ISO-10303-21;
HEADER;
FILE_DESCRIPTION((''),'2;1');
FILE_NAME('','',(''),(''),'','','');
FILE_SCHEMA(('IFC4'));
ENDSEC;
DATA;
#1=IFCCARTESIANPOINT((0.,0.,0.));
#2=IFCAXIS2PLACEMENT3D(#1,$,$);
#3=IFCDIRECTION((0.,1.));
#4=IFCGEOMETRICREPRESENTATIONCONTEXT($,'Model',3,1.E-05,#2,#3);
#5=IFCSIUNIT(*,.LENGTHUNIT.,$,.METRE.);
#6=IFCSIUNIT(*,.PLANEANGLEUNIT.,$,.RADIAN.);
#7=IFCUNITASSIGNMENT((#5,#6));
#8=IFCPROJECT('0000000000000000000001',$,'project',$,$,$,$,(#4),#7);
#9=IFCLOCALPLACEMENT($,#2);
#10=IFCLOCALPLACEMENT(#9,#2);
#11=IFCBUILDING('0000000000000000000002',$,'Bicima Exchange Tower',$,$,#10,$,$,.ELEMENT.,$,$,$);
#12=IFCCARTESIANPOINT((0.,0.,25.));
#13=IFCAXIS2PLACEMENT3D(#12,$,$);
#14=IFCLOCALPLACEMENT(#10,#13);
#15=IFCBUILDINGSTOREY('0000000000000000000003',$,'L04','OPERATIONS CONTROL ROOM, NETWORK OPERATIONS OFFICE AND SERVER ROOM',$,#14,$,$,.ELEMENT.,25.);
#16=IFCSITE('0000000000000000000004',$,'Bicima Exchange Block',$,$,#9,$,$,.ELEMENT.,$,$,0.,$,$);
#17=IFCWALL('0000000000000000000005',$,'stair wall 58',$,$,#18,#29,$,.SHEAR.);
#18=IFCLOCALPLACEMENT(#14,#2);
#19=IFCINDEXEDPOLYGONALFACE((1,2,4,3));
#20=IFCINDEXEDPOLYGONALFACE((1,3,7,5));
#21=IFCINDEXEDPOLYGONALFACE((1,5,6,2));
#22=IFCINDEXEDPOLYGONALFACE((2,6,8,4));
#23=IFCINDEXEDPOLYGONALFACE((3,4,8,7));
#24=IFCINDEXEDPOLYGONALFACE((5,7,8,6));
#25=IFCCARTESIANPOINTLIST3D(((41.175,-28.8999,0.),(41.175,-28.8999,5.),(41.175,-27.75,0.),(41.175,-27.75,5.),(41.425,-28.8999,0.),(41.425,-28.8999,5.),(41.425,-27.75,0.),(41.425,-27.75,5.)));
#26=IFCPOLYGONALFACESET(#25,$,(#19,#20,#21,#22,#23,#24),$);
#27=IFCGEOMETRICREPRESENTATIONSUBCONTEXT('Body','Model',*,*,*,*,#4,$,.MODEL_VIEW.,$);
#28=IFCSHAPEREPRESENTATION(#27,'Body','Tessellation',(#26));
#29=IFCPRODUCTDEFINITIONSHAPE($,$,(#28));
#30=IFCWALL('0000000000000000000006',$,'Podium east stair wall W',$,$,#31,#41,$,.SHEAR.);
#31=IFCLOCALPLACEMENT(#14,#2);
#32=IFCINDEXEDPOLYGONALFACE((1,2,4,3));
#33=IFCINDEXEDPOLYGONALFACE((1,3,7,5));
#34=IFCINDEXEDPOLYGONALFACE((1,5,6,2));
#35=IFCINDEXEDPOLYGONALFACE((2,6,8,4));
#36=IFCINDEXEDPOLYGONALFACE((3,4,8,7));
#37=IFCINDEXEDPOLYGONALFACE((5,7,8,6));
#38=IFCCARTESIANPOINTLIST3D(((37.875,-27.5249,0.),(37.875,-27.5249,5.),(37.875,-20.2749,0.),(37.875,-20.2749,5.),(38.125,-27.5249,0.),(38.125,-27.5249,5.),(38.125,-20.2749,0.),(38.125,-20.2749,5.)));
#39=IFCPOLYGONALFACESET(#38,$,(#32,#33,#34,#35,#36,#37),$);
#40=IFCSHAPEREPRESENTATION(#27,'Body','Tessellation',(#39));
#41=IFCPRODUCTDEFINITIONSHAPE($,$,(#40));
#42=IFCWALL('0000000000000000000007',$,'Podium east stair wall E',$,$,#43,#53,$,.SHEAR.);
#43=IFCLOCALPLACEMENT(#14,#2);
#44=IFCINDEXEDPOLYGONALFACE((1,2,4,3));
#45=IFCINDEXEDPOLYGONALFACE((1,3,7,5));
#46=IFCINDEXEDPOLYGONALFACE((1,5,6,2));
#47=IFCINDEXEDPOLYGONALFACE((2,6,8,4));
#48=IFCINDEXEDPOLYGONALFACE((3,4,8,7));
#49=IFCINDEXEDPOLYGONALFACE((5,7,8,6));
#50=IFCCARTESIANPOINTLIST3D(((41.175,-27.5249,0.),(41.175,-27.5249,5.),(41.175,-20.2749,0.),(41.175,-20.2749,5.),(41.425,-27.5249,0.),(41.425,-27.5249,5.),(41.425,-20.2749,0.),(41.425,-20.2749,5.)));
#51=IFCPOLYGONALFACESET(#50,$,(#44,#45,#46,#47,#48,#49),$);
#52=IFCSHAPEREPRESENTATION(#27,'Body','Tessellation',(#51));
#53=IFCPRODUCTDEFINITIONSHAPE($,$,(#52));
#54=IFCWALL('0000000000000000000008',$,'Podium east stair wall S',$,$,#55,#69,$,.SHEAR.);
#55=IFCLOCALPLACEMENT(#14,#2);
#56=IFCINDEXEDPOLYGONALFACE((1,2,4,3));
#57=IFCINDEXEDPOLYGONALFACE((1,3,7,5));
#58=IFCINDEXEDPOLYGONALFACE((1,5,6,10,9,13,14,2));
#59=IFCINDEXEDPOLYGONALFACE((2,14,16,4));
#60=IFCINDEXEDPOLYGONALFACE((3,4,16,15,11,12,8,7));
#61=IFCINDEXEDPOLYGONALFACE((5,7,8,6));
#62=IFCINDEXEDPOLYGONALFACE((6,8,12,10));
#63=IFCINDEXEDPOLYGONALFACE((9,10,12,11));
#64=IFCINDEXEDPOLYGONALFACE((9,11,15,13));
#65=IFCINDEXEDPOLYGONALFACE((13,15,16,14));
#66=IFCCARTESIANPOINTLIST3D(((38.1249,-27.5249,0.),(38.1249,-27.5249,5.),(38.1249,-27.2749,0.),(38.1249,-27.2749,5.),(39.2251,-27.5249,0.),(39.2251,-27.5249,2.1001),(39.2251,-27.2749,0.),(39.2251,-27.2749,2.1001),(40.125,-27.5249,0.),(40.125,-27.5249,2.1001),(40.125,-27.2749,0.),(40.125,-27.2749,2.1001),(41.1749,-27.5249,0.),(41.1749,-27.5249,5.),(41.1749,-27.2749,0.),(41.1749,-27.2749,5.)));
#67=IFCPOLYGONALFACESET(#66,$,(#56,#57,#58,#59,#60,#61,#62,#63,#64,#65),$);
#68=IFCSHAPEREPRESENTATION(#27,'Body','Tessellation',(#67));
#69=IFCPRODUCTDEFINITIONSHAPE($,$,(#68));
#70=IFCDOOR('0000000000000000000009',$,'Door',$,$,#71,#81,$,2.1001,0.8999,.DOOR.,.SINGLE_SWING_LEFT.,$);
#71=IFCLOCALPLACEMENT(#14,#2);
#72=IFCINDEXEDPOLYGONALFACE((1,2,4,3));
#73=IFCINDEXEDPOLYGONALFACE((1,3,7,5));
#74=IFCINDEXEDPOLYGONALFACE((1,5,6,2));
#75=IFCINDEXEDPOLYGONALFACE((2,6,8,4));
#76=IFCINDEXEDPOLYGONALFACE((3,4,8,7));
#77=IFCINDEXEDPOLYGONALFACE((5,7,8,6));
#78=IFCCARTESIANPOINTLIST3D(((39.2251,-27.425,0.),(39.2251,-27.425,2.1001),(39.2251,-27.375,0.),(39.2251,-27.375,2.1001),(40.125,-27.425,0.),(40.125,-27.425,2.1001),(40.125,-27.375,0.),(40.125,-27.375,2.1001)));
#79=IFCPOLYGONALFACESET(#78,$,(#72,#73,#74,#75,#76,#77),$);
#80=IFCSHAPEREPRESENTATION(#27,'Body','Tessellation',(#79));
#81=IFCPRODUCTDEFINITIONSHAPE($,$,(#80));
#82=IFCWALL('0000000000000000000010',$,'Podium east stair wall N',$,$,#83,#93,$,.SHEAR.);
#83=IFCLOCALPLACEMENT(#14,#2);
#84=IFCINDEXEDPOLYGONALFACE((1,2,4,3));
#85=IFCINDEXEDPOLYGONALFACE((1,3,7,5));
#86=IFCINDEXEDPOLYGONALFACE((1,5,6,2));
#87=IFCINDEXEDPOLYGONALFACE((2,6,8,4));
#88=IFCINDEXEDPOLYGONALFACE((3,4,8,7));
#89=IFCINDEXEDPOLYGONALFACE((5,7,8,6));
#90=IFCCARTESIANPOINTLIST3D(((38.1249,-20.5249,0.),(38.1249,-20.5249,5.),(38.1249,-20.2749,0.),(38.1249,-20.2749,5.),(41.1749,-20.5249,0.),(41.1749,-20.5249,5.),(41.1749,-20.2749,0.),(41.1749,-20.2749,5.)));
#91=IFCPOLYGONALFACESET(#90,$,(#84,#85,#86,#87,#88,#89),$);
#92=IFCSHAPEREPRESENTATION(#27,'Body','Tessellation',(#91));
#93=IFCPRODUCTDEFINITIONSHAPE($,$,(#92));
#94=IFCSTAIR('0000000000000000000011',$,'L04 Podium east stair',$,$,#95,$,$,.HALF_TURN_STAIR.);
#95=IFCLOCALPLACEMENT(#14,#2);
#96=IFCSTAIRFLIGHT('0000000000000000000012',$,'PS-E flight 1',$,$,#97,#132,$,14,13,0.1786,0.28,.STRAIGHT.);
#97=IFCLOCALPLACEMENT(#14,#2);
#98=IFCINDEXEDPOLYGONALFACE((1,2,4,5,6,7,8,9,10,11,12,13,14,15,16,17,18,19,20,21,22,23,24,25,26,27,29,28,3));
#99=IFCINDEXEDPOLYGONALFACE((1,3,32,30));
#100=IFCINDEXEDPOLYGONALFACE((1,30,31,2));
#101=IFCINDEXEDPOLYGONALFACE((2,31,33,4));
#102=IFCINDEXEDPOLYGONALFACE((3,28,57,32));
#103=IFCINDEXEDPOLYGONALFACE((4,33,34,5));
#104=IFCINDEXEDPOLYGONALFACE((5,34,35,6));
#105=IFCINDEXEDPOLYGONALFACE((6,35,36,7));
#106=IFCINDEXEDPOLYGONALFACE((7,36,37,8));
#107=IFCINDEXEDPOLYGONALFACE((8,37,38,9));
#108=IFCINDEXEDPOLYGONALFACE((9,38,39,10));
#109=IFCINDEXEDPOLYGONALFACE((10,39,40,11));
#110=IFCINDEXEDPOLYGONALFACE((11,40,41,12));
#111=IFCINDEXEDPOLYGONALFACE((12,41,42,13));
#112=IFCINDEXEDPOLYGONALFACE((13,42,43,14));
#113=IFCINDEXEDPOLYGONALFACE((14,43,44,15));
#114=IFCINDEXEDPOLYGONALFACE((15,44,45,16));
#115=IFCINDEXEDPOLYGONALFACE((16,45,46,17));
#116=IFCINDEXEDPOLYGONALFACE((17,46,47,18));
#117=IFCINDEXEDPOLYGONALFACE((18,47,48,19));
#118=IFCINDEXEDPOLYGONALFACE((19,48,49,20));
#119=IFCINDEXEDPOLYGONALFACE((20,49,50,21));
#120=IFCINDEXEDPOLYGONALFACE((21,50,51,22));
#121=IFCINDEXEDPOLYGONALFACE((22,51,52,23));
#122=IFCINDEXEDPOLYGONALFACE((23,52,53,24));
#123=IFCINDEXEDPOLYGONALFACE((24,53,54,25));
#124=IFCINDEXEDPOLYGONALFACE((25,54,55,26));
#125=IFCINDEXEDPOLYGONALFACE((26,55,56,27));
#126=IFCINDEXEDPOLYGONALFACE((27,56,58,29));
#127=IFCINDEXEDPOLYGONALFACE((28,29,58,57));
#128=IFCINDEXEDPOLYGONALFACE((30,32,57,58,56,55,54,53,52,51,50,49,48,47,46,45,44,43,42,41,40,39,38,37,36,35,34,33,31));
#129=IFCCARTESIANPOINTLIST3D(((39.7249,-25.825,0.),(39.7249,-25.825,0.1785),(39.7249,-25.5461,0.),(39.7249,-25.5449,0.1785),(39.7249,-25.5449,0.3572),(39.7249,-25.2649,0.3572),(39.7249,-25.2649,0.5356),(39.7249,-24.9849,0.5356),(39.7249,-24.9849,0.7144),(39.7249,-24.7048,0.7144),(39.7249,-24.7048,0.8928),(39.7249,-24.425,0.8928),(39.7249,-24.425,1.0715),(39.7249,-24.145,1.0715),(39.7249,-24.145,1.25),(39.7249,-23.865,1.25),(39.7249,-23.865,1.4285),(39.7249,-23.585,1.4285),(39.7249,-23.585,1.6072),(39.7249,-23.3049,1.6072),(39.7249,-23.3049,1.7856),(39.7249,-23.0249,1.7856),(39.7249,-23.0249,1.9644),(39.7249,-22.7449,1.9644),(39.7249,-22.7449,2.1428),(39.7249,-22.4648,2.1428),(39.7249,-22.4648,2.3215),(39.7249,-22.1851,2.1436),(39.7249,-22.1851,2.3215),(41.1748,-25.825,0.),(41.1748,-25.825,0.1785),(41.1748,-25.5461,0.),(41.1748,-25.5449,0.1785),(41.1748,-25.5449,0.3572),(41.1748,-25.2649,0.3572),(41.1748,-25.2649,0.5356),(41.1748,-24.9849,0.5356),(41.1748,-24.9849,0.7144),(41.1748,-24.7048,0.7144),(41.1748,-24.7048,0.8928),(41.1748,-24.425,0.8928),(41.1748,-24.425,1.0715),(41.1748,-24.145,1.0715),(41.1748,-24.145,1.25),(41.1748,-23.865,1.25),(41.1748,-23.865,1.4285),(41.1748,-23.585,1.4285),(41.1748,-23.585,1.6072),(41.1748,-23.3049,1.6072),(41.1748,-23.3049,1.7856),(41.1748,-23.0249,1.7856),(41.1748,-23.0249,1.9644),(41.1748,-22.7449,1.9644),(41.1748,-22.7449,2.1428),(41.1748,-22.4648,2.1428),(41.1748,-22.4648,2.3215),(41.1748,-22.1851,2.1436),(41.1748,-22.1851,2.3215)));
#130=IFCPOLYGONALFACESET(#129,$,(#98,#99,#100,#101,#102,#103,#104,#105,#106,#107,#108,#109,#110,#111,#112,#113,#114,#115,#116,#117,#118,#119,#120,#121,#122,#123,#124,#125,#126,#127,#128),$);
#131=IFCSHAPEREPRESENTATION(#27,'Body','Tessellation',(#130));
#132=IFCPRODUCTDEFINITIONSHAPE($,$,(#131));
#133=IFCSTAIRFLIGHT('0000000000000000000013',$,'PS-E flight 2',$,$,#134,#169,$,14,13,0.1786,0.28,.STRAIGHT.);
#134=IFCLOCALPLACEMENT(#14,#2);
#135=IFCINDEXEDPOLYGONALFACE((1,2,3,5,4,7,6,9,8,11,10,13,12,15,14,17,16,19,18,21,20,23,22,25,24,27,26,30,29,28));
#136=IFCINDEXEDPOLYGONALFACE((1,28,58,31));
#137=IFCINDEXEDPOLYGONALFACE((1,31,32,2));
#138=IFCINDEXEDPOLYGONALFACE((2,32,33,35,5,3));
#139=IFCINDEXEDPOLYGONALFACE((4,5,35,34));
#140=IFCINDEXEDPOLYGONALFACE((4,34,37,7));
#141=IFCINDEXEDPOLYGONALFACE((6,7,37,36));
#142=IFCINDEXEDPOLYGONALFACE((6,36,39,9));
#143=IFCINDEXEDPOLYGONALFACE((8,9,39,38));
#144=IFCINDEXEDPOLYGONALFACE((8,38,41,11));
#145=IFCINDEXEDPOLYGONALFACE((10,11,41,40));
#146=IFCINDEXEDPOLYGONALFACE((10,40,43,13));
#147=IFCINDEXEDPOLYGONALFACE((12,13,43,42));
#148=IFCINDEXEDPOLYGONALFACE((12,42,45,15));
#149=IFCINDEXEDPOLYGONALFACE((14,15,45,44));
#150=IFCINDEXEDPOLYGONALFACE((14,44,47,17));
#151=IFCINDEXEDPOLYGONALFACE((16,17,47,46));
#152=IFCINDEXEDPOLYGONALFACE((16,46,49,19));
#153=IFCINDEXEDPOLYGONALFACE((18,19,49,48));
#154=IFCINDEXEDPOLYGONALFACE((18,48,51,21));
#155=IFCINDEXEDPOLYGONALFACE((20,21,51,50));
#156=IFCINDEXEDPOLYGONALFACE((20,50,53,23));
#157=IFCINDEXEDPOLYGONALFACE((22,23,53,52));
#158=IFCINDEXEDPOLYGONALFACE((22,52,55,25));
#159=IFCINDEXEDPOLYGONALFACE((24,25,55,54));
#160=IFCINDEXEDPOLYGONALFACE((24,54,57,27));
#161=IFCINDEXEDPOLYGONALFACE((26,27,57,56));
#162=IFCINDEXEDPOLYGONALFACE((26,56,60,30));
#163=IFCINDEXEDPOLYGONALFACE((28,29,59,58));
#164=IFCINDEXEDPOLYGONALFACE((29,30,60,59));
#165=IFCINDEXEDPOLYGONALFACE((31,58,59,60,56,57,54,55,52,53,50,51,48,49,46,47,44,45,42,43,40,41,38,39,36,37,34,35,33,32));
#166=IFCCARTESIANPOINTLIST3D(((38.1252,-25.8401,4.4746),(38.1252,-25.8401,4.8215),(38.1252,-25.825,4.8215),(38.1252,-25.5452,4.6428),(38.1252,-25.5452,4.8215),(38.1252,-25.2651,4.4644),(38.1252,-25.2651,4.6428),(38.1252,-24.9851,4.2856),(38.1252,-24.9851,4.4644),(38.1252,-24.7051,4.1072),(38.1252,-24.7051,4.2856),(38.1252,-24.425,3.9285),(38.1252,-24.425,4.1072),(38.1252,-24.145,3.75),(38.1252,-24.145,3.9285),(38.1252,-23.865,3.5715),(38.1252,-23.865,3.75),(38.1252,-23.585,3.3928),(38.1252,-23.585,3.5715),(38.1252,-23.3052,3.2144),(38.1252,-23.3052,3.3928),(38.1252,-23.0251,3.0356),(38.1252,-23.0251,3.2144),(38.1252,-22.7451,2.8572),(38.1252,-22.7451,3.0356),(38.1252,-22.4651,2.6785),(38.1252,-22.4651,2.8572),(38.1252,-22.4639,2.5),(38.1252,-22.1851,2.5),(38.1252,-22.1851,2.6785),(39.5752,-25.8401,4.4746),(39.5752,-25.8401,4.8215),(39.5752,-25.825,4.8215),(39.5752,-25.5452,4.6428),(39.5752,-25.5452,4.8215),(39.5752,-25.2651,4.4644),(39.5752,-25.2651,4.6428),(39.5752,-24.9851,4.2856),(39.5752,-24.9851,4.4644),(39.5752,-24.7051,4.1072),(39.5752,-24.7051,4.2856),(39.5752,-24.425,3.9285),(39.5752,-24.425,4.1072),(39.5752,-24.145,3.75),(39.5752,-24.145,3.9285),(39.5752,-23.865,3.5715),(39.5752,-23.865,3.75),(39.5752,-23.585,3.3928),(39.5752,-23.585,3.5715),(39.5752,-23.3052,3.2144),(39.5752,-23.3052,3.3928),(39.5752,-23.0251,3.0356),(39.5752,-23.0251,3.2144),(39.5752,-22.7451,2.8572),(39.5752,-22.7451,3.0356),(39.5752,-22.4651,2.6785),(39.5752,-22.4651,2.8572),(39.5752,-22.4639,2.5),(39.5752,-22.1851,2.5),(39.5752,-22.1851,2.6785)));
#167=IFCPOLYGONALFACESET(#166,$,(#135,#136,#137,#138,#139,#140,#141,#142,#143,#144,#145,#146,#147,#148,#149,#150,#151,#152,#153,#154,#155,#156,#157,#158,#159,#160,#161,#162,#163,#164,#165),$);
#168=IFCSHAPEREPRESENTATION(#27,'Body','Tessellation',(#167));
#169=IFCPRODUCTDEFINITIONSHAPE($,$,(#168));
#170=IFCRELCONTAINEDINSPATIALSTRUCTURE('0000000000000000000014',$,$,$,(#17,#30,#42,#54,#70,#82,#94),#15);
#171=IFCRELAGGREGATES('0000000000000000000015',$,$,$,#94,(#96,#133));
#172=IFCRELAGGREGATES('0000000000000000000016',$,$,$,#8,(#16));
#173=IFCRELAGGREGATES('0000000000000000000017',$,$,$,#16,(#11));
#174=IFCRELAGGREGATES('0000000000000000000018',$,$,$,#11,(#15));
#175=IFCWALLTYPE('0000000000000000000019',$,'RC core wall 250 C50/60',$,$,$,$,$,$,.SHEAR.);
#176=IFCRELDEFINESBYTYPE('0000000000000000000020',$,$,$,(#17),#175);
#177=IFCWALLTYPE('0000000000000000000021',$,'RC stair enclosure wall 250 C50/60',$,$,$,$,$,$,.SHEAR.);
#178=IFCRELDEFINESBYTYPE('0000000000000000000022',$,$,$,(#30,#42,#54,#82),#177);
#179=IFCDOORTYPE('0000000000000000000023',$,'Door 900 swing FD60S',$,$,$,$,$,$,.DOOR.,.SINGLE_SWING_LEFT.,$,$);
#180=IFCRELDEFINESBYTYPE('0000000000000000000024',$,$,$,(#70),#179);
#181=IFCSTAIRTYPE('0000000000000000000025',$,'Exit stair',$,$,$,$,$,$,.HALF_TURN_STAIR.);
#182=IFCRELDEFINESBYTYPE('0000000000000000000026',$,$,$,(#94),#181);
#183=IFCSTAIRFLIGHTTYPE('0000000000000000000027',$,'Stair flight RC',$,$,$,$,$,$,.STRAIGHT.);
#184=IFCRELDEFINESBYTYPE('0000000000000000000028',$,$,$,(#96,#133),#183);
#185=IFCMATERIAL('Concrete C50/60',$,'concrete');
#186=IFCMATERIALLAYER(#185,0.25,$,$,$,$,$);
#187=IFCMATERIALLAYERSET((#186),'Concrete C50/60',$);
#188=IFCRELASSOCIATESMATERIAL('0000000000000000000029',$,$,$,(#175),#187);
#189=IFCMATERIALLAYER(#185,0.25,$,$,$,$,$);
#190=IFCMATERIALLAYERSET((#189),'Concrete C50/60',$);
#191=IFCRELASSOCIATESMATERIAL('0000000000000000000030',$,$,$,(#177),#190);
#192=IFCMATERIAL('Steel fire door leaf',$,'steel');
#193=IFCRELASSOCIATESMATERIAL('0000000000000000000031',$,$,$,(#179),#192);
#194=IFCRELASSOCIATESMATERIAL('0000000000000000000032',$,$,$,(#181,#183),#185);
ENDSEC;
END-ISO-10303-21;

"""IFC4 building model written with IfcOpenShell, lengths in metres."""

from ifc_helpers import new_model, si_unit, direction, frame, frame_2d, origin, place, context, subcontext, project, spatial, polyline, rectangle, outline, extrude, material, layer, layer_set, type_object, element, fill, aggregate, save


model = new_model("IFC4")

# Units and contexts
model_context = context("Model", 3, precision=1e-05, world=origin(), true_north=direction((0.0, 1.0)))
body_context = subcontext(model_context, "Body", "Model", "MODEL_VIEW")
ifc_project = project(units=[si_unit("LENGTHUNIT", "METRE"), si_unit("PLANEANGLEUNIT", "RADIAN")], contexts=[model_context])

# Site, building, storey
site_placement = place(None, origin())
site = spatial("IfcSite", under=ifc_project, at=site_placement, Name="Bicima Exchange Block", CompositionType="ELEMENT", RefElevation=0.0)
building_placement = place(site_placement, origin())
building = spatial("IfcBuilding", under=site, at=building_placement, Name="Bicima Exchange Tower", CompositionType="ELEMENT")
storey_placement = place(building_placement, frame((0.0, 0.0, 25.0)))
storey = spatial("IfcBuildingStorey", under=building, at=storey_placement, Name="L04", Description="OPERATIONS CONTROL ROOM, NETWORK OPERATIONS OFFICE AND SERVER ROOM", CompositionType="ELEMENT", Elevation=25.0)

# Walls
ifc_material_1 = material(Name="Concrete C50/60", Category="concrete")
ifc_layer_1 = layer(ifc_material_1, 0.25)
ifc_layer_set_1 = layer_set([ifc_layer_1], Name="Concrete C50/60")
wall_type_1 = type_object("IfcWallType", Name="RC core wall 250 C50/60", PredefinedType="SHEAR", material=ifc_layer_set_1)
for number, where, z_axis, x_axis, name in (
    (1, (41.3, -28.8999, 0.0), (0.0, 0.0, 1.0), (0.0, 1.0, 0.0), "stair wall 58"),
):
    element("IfcWall", number, at=place(storey_placement, frame(where, z_axis=z_axis, x_axis=x_axis)), inside=storey, type_object=wall_type_1, Name=name, PredefinedType="SHEAR", context=body_context, shape_type="SweptSolid", body=[
        extrude(rectangle(XDim=1.1499, YDim=0.25, at=frame_2d((0.575, 0.0))), origin(), (0.0, 0.0, 1.0), 5.0),
    ])
ifc_layer_2 = layer(ifc_material_1, 0.25)
ifc_layer_set_2 = layer_set([ifc_layer_2], Name="Concrete C50/60")
wall_type_2 = type_object("IfcWallType", Name="RC stair enclosure wall 250 C50/60", PredefinedType="SHEAR", material=ifc_layer_set_2)
for number, where, z_axis, x_axis, name in (
    (2, (38.0, -27.5249, 0.0), (0.0, 0.0, 1.0), (0.0, 1.0, 0.0), "Podium east stair wall W"),
    (3, (41.3, -27.5249, 0.0), (0.0, 0.0, 1.0), (0.0, 1.0, 0.0), "Podium east stair wall E"),
):
    element("IfcWall", number, at=place(storey_placement, frame(where, z_axis=z_axis, x_axis=x_axis)), inside=storey, type_object=wall_type_2, Name=name, PredefinedType="SHEAR", context=body_context, shape_type="SweptSolid", body=[
        extrude(rectangle(XDim=7.25, YDim=0.25, at=frame_2d((3.625, 0.0))), origin(), (0.0, 0.0, 1.0), 5.0),
    ])

# Wall, opening, door
wall_1_placement = place(storey_placement, frame((38.125, -27.3999, 0.0), z_axis=(0.0, 0.0, 1.0), x_axis=(1.0, 0.0, 0.0)))
wall_1 = element("IfcWall", 4, at=wall_1_placement, inside=storey, type_object=wall_type_2, Name="Podium east stair wall S", PredefinedType="SHEAR", context=body_context, shape_type="SweptSolid", body=[
    extrude(rectangle(XDim=3.05, YDim=0.25, at=frame_2d((1.5249, 0.0))), origin(), (0.0, 0.0, 1.0), 5.0),
])
opening_placement = place(wall_1_placement, frame((1.1001, 0.0, 0.0)))
opening = element("IfcOpeningElement", 5, at=opening_placement, cuts=wall_1, PredefinedType="OPENING", context=body_context, shape_type="SweptSolid", body=[
    extrude(rectangle(XDim=0.8999, YDim=2.1001, at=frame_2d((0.45, 1.05))), frame((0.0, 0.137, 0.0), z_axis=(0.0, -1.0, 0.0), x_axis=(1.0, 0.0, 0.0)), (0.0, 0.0, 1.0), 0.2739),
])
ifc_material_2 = material(Name="Steel fire door leaf", Category="steel")
door_type = type_object("IfcDoorType", Name="Door 900 swing FD60S", OperationType="SINGLE_SWING_LEFT", PredefinedType="DOOR", material=ifc_material_2)
door_placement = place(opening_placement, origin())
door = element("IfcDoor", 6, at=door_placement, inside=storey, type_object=door_type, Name="Door", OperationType="SINGLE_SWING_LEFT", OverallHeight=2.1001, OverallWidth=0.8999, PredefinedType="DOOR", context=body_context, shape_type="SweptSolid", body=[
    extrude(rectangle(XDim=0.8999, YDim=2.1001, at=frame_2d((0.45, 1.05))), frame((0.0, 0.0249, 0.0), z_axis=(0.0, -1.0, 0.0), x_axis=(1.0, 0.0, 0.0)), (0.0, 0.0, 1.0), 0.05),
])
fill(opening, door)

# Wall
wall_2_placement = place(storey_placement, frame((38.125, -20.3999, 0.0), z_axis=(0.0, 0.0, 1.0), x_axis=(1.0, 0.0, 0.0)))
element("IfcWall", 7, at=wall_2_placement, inside=storey, type_object=wall_type_2, Name="Podium east stair wall N", PredefinedType="SHEAR", context=body_context, shape_type="SweptSolid", body=[
    extrude(rectangle(XDim=3.05, YDim=0.25, at=frame_2d((1.5249, 0.0))), origin(), (0.0, 0.0, 1.0), 5.0),
])

# Stair, stair flights
stair_type = type_object("IfcStairType", Name="Exit stair", PredefinedType="HALF_TURN_STAIR", material=ifc_material_1)
stair_placement = place(storey_placement, origin())
stair = element("IfcStair", 8, at=stair_placement, inside=storey, type_object=stair_type, Name="L04 Podium east stair", PredefinedType="HALF_TURN_STAIR")
stair_flight_type = type_object("IfcStairFlightType", Name="Stair flight RC", PredefinedType="STRAIGHT", material=ifc_material_1)
stair_flight_1_placement = place(storey_placement, frame((40.45, -25.825, 0.0), z_axis=(0.0, 0.0, 1.0), x_axis=(0.0, 1.0, 0.0)))
stair_flight_1 = element("IfcStairFlight", 9, at=stair_flight_1_placement, type_object=stair_flight_type, Name="PS-E flight 1", NumberOfRisers=14, NumberOfTreads=13, PredefinedType="STRAIGHT", RiserHeight=0.1786, TreadLength=0.28, context=body_context, shape_type="SweptSolid", body=[
    extrude(outline(polyline([(0.0, 0.0), (0.0, 0.1785), (0.28, 0.1785), (0.28, 0.3572), (0.5601, 0.3572), (0.5601, 0.5356), (0.8401, 0.5356), (0.8401, 0.7144), (1.1201, 0.7144), (1.1201, 0.8928), (1.3999, 0.8928), (1.3999, 1.0715), (1.6799, 1.0715), (1.6799, 1.25), (1.96, 1.25), (1.96, 1.4285), (2.24, 1.4285), (2.24, 1.6072), (2.52, 1.6072), (2.52, 1.7856), (2.8, 1.7856), (2.8, 1.9644), (3.0801, 1.9644), (3.0801, 2.1428), (3.3601, 2.1428), (3.3601, 2.3215), (3.6399, 2.3215), (3.6399, 2.5), (3.6399, 2.1436), (0.2788, 0.0), (0.0, 0.0)])), frame((0.0, 0.7251, 0.0), z_axis=(0.0, -1.0, 0.0), x_axis=(1.0, 0.0, 0.0)), (0.0, 0.0, 1.0), 1.45),
])
stair_flight_2_placement = place(storey_placement, frame((38.8501, -22.1851, 2.5), z_axis=(0.0, 0.0, 1.0), x_axis=(0.0, -1.0, 0.0)))
stair_flight_2 = element("IfcStairFlight", 10, at=stair_flight_2_placement, type_object=stair_flight_type, Name="PS-E flight 2", NumberOfRisers=14, NumberOfTreads=13, PredefinedType="STRAIGHT", RiserHeight=0.1786, TreadLength=0.28, context=body_context, shape_type="SweptSolid", body=[
    extrude(outline(polyline([(0.0, 0.0), (0.0, 0.1785), (0.28, 0.1785), (0.28, 0.3572), (0.5601, 0.3572), (0.5601, 0.5356), (0.8401, 0.5356), (0.8401, 0.7144), (1.1201, 0.7144), (1.1201, 0.8928), (1.3999, 0.8928), (1.3999, 1.0715), (1.6799, 1.0715), (1.6799, 1.25), (1.96, 1.25), (1.96, 1.4285), (2.24, 1.4285), (2.24, 1.6072), (2.52, 1.6072), (2.52, 1.7856), (2.8, 1.7856), (2.8, 1.9644), (3.0801, 1.9644), (3.0801, 2.1428), (3.3601, 2.1428), (3.3601, 2.3215), (3.6399, 2.3215), (3.655, 2.3215), (3.655, 1.9746), (0.2788, 0.0), (0.0, 0.0)])), frame((0.0, 0.7251, 0.0), z_axis=(0.0, -1.0, 0.0), x_axis=(1.0, 0.0, 0.0)), (0.0, 0.0, 1.0), 1.45),
])
aggregate(stair, [stair_flight_1, stair_flight_2])

save(model, "model.ifc")
